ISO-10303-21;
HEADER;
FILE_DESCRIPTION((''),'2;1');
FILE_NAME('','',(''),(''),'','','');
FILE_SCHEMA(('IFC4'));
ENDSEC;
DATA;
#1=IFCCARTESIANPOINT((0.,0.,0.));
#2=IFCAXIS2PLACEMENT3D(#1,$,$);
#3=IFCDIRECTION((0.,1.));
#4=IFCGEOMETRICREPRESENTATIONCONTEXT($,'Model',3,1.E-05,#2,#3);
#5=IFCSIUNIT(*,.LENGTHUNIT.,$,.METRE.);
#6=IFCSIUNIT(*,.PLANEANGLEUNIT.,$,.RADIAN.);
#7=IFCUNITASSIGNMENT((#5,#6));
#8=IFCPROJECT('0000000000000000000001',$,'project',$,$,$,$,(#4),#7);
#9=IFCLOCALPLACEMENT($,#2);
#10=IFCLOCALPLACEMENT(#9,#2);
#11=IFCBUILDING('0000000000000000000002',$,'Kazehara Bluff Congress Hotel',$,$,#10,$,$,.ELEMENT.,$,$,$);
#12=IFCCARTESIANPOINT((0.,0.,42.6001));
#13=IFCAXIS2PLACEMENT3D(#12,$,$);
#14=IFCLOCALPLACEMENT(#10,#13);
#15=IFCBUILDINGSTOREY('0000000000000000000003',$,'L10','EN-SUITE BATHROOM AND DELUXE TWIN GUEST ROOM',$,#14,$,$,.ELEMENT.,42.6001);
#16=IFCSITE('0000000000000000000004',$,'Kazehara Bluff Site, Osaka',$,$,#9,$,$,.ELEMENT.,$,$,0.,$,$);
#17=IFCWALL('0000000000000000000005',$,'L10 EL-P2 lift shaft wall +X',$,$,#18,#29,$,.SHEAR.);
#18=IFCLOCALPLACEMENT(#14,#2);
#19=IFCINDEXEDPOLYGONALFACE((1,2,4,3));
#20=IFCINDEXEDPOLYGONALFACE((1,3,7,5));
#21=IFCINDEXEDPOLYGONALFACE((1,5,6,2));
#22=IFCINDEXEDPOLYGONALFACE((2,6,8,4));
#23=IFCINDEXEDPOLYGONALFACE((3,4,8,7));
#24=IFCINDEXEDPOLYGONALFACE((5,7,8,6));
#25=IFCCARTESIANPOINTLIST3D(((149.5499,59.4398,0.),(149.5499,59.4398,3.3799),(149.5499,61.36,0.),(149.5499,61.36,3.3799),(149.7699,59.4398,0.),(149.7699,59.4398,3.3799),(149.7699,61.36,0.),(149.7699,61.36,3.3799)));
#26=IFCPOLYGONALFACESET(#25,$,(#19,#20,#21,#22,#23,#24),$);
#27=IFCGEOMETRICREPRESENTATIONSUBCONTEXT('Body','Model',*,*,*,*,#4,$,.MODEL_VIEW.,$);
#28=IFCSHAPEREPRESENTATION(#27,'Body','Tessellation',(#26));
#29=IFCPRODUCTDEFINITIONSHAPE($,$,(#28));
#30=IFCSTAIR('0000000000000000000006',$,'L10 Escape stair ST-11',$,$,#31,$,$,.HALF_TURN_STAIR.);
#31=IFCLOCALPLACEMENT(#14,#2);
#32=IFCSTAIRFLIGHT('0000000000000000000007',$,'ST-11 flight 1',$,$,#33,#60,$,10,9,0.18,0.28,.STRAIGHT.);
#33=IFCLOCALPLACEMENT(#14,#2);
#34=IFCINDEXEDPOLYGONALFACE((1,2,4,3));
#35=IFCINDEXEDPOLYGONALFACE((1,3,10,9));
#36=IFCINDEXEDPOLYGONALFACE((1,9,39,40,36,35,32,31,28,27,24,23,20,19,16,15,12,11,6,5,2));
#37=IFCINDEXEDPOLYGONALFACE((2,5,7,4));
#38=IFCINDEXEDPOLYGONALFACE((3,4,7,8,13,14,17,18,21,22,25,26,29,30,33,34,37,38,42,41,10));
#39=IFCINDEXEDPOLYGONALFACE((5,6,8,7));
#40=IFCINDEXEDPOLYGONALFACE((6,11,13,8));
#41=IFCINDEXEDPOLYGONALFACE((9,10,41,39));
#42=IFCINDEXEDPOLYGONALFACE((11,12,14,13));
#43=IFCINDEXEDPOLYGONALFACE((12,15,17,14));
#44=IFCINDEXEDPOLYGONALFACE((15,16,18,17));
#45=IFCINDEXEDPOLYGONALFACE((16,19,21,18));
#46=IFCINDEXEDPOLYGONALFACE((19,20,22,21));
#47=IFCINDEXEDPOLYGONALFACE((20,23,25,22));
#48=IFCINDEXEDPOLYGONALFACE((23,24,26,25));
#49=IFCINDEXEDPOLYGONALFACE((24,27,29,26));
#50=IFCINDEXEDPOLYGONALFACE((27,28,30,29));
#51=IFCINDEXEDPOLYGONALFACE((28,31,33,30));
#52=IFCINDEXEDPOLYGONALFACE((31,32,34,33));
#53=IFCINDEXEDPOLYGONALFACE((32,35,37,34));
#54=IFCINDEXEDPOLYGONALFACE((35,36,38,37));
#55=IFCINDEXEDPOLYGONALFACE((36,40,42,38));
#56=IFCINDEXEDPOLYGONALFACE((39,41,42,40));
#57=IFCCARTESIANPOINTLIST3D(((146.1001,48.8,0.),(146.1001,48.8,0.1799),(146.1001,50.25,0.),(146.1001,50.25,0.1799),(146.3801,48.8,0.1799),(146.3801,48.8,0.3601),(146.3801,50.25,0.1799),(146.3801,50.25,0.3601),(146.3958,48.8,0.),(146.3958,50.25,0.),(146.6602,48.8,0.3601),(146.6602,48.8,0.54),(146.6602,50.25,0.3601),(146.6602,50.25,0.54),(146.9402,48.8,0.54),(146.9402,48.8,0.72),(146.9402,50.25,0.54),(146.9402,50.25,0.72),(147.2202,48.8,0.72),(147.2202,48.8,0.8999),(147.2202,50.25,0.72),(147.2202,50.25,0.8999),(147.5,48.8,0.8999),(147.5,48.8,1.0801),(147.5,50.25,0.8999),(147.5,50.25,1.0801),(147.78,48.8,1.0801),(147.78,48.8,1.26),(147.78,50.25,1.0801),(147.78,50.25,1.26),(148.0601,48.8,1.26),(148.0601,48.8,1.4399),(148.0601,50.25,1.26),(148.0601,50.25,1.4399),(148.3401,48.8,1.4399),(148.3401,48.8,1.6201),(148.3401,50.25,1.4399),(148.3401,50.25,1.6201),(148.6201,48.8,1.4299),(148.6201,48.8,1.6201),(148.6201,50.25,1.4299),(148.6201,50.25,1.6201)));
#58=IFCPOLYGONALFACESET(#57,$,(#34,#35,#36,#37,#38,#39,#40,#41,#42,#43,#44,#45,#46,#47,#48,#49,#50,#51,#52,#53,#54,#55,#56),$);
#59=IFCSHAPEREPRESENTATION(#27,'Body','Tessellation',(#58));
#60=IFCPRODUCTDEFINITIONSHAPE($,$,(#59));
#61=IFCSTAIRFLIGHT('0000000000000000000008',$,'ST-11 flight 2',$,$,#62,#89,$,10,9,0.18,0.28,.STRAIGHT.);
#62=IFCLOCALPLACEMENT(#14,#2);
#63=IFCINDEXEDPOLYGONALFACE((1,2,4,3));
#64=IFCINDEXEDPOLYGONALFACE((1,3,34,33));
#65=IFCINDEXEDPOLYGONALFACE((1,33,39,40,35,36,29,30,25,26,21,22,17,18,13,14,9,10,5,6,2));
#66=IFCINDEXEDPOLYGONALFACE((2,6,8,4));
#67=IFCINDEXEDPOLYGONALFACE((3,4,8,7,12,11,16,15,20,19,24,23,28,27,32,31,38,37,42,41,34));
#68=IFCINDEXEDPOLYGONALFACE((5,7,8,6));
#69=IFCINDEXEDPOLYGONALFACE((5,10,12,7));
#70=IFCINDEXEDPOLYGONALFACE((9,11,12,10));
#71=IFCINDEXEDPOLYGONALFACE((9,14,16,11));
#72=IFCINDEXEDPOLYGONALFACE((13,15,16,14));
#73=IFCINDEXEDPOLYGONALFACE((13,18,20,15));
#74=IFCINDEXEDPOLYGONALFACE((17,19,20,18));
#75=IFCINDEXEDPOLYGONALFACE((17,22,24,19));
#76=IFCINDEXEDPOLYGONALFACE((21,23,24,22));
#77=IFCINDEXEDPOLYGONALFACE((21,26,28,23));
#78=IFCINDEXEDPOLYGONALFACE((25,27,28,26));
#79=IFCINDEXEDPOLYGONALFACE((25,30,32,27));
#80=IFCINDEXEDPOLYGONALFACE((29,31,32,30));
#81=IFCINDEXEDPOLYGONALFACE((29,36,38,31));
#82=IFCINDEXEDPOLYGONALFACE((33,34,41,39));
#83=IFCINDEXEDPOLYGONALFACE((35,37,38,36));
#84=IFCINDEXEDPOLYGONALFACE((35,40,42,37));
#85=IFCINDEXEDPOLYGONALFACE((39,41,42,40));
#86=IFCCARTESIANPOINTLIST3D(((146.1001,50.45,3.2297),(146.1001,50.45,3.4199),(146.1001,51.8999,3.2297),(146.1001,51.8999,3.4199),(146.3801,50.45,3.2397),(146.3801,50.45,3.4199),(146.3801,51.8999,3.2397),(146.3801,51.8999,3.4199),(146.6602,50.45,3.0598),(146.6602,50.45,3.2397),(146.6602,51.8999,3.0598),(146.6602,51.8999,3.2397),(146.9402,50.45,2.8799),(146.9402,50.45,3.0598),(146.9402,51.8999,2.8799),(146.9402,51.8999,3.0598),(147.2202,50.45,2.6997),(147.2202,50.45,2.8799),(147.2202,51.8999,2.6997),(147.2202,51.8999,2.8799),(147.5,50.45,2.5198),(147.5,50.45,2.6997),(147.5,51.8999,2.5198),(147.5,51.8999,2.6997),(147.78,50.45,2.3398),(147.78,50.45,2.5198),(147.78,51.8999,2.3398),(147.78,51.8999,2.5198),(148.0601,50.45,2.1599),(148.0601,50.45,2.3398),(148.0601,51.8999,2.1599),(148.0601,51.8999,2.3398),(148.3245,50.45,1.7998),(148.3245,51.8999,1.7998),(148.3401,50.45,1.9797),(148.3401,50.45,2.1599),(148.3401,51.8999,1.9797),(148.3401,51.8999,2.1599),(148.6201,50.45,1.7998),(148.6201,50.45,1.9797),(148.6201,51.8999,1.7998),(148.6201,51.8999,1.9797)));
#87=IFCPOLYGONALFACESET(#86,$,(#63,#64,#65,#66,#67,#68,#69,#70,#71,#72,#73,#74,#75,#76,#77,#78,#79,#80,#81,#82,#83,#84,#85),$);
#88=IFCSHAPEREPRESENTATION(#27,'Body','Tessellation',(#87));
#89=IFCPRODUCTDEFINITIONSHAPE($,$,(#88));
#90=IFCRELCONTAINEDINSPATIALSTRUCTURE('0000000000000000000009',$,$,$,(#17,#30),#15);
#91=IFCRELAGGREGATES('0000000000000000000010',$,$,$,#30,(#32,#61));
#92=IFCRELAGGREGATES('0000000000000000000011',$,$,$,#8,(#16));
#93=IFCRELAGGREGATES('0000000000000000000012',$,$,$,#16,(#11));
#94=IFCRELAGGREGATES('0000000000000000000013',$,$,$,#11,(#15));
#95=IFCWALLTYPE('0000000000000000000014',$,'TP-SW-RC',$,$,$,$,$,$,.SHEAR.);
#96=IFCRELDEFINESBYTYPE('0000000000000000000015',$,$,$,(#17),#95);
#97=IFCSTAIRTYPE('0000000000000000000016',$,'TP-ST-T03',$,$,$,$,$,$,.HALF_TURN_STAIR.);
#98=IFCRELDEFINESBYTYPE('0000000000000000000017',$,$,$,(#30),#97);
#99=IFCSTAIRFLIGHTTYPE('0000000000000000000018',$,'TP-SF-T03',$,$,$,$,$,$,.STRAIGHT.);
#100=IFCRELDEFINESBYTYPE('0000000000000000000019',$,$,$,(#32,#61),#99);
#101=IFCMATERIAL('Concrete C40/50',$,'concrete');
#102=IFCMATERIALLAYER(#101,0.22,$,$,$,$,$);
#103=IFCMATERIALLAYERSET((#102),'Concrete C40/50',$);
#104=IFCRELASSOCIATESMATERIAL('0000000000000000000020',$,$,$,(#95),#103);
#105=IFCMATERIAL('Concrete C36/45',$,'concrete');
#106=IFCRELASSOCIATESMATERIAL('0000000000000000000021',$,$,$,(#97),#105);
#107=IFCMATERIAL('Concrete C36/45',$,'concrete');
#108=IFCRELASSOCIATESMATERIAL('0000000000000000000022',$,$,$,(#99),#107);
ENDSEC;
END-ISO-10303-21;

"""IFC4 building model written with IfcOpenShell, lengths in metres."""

from ifc_helpers import new_model, si_unit, direction, frame, frame_2d, origin, place, context, subcontext, project, spatial, polyline, rectangle, outline, extrude, material, layer, layer_set, type_object, element, aggregate, save


model = new_model("IFC4")

# Units and contexts
model_context = context("Model", 3, precision=1e-05, world=origin(), true_north=direction((0.0, 1.0)))
body_context = subcontext(model_context, "Body", "Model", "MODEL_VIEW")
ifc_project = project(units=[si_unit("LENGTHUNIT", "METRE"), si_unit("PLANEANGLEUNIT", "RADIAN")], contexts=[model_context])

# Site, building, storey
site_placement = place(None, origin())
site = spatial("IfcSite", under=ifc_project, at=site_placement, Name="Kazehara Bluff Site, Osaka", CompositionType="ELEMENT", RefElevation=0.0)
building_placement = place(site_placement, origin())
building = spatial("IfcBuilding", under=site, at=building_placement, Name="Kazehara Bluff Congress Hotel", CompositionType="ELEMENT")
storey_placement = place(building_placement, frame((0.0, 0.0, 42.6001)))
storey = spatial("IfcBuildingStorey", under=building, at=storey_placement, Name="L10", Description="EN-SUITE BATHROOM AND DELUXE TWIN GUEST ROOM", CompositionType="ELEMENT", Elevation=42.6001)

# Shared definitions
ifc_material_1 = material(Name="Concrete C40/50", Category="concrete")
ifc_layer_1 = layer(ifc_material_1, 0.22)
ifc_layer_set_1 = layer_set([ifc_layer_1], Name="Concrete C40/50")
wall_type_1 = type_object("IfcWallType", Name="TP-SW-RC", PredefinedType="SHEAR", material=ifc_layer_set_1)

# Wall
wall_1_placement = place(storey_placement, frame((149.6599, 59.4399, 0.0), z_axis=(0.0, 0.0, 1.0), x_axis=(0.0, 1.0, 0.0)))
element("IfcWall", 1, at=wall_1_placement, inside=storey, type_object=wall_type_1, Name="L10 EL-P2 lift shaft wall +X", PredefinedType="SHEAR", context=body_context, shape_type="SweptSolid", body=[
    extrude(rectangle(XDim=1.9202, YDim=0.22, at=frame_2d((0.96, 0.0))), origin(), (0.0, 0.0, 1.0), 3.3799),
])

# Stair, stair flights
ifc_material_2 = material(Name="Concrete C36/45", Category="concrete")
stair_type = type_object("IfcStairType", Name="TP-ST-T03", PredefinedType="HALF_TURN_STAIR", material=ifc_material_2)
stair_placement = place(storey_placement, origin())
stair = element("IfcStair", 2, at=stair_placement, inside=storey, type_object=stair_type, Name="L10 Escape stair ST-11", PredefinedType="HALF_TURN_STAIR")
ifc_material_3 = material(Name="Concrete C36/45", Category="concrete")
stair_flight_type = type_object("IfcStairFlightType", Name="TP-SF-T03", PredefinedType="STRAIGHT", material=ifc_material_3)
stair_flight_1_placement = place(storey_placement, frame((146.1001, 49.5249, 0.0), z_axis=(0.0, 0.0, 1.0), x_axis=(1.0, 0.0, 0.0)))
stair_flight_1 = element("IfcStairFlight", 3, at=stair_flight_1_placement, type_object=stair_flight_type, Name="ST-11 flight 1", NumberOfRisers=10, NumberOfTreads=9, PredefinedType="STRAIGHT", RiserHeight=0.18, TreadLength=0.28, context=body_context, shape_type="SweptSolid", body=[
    extrude(outline(polyline([(0.0, 0.0), (0.0, 0.1799), (0.28, 0.1799), (0.28, 0.3601), (0.5601, 0.3601), (0.5601, 0.54), (0.8401, 0.54), (0.8401, 0.72), (1.1201, 0.72), (1.1201, 0.8999), (1.3999, 0.8999), (1.3999, 1.0801), (1.6799, 1.0801), (1.6799, 1.26), (1.96, 1.26), (1.96, 1.4399), (2.24, 1.4399), (2.24, 1.6201), (2.52, 1.6201), (2.52, 1.8), (2.52, 1.4299), (0.2957, 0.0), (0.0, 0.0)])), frame((0.0, 0.7251, 0.0), z_axis=(0.0, -1.0, 0.0), x_axis=(1.0, 0.0, 0.0)), (0.0, 0.0, 1.0), 1.45),
])
stair_flight_2_placement = place(storey_placement, frame((148.6201, 51.175, 1.7998), z_axis=(0.0, 0.0, 1.0), x_axis=(-1.0, 0.0, 0.0)))
stair_flight_2 = element("IfcStairFlight", 4, at=stair_flight_2_placement, type_object=stair_flight_type, Name="ST-11 flight 2", NumberOfRisers=10, NumberOfTreads=9, PredefinedType="STRAIGHT", RiserHeight=0.18, TreadLength=0.28, context=body_context, shape_type="SweptSolid", body=[
    extrude(outline(polyline([(0.0, 0.0), (0.0, 0.1799), (0.28, 0.1799), (0.28, 0.3601), (0.5601, 0.3601), (0.5601, 0.54), (0.8401, 0.54), (0.8401, 0.72), (1.1201, 0.72), (1.1201, 0.8999), (1.3999, 0.8999), (1.3999, 1.0801), (1.6799, 1.0801), (1.6799, 1.26), (1.96, 1.26), (1.96, 1.4399), (2.24, 1.4399), (2.24, 1.6201), (2.52, 1.6201), (2.52, 1.8), (2.52, 1.4299), (0.2957, 0.0), (0.0, 0.0)])), frame((0.0, 0.7251, 0.0), z_axis=(0.0, -1.0, 0.0), x_axis=(1.0, 0.0, 0.0)), (0.0, 0.0, 1.0), 1.45),
])
aggregate(stair, [stair_flight_1, stair_flight_2])

save(model, "model.ifc")
